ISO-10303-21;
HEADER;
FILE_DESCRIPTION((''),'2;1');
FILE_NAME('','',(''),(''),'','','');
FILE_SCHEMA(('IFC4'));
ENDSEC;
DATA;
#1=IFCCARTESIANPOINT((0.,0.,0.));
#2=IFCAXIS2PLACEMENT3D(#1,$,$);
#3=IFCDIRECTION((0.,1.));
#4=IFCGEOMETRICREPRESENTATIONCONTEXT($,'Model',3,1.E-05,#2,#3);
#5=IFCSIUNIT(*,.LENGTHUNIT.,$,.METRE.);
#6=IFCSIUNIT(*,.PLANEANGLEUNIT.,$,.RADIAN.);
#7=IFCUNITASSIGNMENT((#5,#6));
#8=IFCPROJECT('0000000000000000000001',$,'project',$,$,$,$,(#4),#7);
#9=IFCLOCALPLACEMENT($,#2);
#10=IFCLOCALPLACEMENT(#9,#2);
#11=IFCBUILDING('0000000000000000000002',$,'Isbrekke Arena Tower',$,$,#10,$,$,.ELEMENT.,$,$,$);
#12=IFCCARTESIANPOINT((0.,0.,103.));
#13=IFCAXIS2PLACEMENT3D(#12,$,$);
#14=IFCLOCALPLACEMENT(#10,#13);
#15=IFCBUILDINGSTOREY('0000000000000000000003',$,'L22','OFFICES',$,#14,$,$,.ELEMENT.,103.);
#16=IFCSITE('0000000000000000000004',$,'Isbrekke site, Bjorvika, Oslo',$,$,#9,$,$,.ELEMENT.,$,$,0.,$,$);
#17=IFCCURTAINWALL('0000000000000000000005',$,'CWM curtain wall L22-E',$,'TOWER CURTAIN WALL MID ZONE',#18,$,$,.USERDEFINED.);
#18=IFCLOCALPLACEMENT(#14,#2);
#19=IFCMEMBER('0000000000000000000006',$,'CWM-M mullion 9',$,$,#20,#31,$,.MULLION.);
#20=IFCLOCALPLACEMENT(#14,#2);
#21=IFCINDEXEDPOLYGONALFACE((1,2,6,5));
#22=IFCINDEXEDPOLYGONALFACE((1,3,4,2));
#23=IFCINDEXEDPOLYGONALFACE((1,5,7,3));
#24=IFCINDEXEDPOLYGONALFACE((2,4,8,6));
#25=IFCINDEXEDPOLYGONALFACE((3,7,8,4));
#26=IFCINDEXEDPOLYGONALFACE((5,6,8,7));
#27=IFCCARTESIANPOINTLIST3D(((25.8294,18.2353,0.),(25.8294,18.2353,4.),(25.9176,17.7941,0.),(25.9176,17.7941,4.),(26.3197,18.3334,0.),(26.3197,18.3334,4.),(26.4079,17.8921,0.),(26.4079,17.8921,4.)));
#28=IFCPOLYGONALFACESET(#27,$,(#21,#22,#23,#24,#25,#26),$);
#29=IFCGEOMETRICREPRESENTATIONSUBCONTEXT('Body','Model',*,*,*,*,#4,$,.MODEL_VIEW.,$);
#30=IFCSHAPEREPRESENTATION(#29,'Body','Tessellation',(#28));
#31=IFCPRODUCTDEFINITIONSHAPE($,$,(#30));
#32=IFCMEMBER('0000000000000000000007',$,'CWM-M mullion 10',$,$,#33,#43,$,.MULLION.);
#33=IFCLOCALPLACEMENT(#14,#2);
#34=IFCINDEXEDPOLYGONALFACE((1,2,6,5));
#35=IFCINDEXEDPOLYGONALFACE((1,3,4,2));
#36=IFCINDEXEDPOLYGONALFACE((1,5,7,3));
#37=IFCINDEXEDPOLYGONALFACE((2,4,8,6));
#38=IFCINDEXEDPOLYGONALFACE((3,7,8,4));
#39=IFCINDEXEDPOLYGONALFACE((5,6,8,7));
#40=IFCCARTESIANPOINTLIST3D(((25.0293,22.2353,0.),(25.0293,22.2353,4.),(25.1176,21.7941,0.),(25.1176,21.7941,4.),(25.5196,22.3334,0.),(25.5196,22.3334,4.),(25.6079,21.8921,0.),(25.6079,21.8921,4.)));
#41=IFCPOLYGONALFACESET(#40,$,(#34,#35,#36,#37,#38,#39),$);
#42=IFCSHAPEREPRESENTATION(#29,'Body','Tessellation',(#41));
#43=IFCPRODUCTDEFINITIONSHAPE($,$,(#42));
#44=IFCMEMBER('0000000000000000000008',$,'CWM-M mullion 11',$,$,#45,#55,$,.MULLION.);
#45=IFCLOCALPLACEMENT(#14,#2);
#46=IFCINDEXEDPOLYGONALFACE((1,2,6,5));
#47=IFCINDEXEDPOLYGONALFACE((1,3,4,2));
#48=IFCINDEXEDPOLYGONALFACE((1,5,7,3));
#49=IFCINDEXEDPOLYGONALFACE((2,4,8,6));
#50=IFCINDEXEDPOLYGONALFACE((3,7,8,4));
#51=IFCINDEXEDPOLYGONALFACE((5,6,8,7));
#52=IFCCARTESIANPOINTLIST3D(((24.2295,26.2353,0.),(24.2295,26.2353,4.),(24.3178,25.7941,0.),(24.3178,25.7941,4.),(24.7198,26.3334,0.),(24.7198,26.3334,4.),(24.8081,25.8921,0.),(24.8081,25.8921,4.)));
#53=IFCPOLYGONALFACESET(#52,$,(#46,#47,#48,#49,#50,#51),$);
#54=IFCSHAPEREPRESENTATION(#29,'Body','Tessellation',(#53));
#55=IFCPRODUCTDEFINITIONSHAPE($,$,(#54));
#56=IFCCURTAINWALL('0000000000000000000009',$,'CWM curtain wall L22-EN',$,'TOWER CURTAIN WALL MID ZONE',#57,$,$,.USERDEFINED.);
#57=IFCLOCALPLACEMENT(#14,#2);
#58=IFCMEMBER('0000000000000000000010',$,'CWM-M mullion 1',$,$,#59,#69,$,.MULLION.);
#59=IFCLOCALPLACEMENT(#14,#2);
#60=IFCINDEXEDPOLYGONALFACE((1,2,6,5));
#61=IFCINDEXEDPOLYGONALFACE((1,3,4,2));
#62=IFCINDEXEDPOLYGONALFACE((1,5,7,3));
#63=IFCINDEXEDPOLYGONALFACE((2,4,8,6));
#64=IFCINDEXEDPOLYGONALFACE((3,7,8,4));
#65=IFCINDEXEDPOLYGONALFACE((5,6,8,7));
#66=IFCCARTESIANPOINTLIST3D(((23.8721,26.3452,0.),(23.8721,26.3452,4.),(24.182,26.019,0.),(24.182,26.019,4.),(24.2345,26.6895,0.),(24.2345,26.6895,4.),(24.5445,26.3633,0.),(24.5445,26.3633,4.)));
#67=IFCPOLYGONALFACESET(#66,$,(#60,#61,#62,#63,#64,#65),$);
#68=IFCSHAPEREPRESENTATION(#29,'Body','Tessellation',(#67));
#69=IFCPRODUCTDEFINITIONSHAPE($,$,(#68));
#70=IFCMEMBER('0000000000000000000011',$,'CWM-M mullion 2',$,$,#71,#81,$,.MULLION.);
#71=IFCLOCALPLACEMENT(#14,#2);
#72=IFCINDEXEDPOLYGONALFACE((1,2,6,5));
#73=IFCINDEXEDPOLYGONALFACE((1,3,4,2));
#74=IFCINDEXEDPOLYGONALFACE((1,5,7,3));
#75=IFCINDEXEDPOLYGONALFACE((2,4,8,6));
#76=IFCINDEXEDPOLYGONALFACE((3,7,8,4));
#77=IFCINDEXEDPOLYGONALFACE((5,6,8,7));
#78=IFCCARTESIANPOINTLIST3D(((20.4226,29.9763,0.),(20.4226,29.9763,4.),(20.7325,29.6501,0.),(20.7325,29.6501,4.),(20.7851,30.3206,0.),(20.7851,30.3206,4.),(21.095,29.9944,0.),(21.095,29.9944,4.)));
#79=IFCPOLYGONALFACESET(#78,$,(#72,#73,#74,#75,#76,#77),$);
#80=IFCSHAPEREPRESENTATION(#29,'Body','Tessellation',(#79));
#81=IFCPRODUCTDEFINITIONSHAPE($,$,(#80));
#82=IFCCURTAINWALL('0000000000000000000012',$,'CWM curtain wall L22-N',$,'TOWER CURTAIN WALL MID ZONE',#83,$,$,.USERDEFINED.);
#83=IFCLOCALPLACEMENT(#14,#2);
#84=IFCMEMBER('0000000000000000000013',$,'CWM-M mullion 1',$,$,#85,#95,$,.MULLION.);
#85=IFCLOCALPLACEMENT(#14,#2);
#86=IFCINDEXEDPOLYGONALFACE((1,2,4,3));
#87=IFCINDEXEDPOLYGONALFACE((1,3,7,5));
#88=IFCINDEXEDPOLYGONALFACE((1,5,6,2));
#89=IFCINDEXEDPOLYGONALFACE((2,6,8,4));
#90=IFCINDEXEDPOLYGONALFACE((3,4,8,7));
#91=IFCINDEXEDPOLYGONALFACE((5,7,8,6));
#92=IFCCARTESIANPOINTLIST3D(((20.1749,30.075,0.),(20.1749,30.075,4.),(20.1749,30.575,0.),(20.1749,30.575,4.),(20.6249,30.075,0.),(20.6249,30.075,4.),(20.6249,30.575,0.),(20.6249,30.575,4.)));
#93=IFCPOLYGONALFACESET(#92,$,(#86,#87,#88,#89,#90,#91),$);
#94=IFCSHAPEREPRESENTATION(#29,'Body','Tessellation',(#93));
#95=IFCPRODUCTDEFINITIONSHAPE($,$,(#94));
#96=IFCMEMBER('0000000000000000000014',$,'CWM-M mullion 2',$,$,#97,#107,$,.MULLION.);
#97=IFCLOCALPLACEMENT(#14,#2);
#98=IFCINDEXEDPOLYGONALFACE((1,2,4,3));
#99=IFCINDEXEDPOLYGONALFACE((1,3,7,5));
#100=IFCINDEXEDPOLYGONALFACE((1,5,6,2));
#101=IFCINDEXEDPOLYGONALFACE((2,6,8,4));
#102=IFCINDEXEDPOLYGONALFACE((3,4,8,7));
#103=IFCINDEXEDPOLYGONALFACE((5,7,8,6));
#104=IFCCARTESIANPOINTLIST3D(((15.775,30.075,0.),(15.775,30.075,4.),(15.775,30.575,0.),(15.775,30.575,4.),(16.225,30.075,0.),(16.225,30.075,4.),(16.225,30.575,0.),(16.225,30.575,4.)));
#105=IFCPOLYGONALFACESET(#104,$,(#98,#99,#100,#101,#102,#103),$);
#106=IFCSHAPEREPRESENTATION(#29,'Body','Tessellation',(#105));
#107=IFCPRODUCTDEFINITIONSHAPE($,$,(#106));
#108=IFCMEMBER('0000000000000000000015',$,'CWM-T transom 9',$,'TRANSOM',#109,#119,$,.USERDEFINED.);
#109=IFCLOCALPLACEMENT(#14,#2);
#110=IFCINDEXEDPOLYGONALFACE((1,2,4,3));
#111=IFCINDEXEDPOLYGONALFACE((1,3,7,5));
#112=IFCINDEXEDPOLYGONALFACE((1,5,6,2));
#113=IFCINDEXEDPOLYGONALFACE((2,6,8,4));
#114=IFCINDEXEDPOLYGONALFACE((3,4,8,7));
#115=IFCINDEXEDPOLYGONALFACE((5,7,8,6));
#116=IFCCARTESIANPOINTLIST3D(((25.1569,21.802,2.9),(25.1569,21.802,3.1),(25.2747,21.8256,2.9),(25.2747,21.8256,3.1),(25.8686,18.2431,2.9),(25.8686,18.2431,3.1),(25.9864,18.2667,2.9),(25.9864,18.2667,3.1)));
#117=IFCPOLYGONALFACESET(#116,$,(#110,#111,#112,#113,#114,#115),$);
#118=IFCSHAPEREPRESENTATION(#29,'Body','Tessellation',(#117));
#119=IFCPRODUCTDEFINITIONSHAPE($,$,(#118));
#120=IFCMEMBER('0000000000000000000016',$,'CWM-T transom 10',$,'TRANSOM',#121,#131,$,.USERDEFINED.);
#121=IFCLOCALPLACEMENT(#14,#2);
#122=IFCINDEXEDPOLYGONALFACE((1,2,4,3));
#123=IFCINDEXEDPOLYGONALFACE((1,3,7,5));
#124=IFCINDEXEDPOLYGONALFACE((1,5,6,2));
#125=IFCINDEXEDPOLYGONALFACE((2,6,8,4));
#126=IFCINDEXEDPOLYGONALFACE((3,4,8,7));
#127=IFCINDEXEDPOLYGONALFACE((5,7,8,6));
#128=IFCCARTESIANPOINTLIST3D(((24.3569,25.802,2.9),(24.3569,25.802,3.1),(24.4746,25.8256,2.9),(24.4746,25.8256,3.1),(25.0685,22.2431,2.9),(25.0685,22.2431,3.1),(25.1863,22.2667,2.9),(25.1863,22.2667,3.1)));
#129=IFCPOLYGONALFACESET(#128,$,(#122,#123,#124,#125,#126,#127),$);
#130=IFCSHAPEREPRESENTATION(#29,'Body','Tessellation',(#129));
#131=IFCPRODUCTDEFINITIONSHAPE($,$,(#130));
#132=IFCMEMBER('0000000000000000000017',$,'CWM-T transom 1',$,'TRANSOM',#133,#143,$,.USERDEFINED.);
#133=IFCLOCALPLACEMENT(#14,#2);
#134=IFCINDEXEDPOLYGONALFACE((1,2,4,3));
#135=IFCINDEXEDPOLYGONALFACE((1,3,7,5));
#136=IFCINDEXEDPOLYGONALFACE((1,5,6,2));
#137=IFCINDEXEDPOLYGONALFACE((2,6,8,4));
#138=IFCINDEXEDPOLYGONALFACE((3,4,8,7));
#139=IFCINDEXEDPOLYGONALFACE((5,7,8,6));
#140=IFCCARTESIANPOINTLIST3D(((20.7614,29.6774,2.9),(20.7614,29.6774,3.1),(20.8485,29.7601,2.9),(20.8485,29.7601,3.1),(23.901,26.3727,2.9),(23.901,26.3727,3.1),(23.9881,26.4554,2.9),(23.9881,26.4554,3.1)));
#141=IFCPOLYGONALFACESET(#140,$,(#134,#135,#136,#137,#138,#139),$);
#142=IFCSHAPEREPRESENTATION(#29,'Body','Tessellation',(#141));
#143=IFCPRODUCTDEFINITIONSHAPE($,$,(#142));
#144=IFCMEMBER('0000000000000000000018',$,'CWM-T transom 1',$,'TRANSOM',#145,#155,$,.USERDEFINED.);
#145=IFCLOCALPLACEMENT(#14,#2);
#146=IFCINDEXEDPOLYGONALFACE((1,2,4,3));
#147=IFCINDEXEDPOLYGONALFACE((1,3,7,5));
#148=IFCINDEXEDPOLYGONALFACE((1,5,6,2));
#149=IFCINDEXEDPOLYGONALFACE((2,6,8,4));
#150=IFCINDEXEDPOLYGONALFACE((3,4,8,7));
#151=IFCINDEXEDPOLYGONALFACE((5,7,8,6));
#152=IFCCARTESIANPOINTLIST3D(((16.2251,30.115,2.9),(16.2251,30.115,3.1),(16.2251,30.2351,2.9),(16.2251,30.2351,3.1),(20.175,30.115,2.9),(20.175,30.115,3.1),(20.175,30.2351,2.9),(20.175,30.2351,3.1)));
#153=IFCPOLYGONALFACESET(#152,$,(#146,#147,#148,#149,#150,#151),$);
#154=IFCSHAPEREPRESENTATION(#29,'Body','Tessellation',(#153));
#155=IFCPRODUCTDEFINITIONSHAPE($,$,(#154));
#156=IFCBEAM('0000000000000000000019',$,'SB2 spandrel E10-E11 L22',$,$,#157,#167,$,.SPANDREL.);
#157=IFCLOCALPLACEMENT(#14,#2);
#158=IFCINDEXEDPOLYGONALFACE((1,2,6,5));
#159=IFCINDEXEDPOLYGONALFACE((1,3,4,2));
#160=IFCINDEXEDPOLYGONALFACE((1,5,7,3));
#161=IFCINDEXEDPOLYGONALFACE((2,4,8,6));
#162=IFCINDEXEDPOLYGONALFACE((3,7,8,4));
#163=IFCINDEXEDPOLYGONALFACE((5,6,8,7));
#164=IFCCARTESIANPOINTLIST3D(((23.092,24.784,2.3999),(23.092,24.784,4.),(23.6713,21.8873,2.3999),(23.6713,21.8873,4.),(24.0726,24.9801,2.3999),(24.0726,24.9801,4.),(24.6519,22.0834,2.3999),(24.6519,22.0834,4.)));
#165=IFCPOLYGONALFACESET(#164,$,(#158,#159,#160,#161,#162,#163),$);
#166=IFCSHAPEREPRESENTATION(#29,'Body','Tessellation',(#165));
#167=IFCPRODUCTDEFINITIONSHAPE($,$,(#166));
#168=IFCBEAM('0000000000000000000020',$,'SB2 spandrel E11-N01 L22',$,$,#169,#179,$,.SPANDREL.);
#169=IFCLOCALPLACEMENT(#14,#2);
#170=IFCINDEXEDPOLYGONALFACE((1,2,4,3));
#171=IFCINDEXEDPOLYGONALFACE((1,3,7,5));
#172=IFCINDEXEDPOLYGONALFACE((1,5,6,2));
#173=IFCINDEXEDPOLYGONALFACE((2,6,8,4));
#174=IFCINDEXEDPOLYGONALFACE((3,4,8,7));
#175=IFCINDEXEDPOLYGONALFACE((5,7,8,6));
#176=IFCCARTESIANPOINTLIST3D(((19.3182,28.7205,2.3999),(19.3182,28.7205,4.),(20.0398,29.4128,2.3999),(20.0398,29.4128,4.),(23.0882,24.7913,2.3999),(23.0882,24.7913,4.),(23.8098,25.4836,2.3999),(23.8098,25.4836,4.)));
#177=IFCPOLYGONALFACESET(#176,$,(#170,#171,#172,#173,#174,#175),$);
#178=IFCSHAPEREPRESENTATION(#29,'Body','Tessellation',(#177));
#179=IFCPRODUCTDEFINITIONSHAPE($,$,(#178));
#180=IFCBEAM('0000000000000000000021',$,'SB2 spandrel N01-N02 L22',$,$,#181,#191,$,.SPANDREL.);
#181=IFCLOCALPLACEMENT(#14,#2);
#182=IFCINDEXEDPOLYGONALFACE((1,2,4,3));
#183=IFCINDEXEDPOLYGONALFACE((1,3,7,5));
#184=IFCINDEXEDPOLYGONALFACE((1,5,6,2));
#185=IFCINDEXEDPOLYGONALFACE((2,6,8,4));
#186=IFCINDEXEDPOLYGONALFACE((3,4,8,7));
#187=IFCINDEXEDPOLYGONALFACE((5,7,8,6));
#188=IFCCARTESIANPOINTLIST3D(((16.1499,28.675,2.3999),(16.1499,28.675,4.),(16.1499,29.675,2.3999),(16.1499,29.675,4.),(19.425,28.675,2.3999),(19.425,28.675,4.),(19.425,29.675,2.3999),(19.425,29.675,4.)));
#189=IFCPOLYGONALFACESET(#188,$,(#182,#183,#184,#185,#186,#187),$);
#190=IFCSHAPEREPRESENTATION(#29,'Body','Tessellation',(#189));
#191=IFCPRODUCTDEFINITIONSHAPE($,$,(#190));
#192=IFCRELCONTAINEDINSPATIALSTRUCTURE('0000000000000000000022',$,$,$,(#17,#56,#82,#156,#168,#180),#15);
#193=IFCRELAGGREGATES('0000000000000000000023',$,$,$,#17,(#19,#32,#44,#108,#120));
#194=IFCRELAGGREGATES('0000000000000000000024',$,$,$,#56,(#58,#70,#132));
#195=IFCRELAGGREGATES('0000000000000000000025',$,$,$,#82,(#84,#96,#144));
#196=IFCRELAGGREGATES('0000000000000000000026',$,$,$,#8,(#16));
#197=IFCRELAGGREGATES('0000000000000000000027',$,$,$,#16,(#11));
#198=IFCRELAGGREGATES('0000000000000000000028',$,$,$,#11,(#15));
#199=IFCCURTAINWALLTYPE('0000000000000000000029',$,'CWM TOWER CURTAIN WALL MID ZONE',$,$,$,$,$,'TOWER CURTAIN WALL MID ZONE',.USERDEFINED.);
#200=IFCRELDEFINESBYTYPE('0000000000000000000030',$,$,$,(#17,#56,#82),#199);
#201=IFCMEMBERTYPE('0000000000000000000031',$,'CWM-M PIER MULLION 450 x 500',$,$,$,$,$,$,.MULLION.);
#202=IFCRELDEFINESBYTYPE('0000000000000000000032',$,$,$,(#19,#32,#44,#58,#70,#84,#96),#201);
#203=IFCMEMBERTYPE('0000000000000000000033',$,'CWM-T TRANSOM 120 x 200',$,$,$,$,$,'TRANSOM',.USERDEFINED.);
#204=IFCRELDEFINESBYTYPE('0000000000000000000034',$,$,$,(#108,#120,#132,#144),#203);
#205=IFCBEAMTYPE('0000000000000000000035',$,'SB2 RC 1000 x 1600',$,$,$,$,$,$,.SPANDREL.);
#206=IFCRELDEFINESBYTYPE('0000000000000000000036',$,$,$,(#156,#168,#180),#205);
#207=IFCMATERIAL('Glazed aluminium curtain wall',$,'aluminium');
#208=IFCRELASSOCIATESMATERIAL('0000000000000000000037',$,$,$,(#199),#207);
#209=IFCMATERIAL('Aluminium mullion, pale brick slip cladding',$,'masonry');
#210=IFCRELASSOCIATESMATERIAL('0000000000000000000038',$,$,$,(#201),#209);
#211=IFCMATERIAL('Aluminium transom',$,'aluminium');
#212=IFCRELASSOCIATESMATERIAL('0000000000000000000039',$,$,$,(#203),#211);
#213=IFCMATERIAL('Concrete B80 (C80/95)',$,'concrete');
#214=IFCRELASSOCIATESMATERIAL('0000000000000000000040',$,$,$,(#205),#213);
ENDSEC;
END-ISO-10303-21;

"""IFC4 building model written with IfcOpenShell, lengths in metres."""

from ifc_helpers import new_model, si_unit, direction, frame, origin, origin_2d, place, context, subcontext, project, spatial, rectangle, extrude, material, material_profile, profile_set, type_object, element, aggregate, save


model = new_model("IFC4")

# Units and contexts
model_context = context("Model", 3, precision=1e-05, world=origin(), true_north=direction((0.0, 1.0)))
body_context = subcontext(model_context, "Body", "Model", "MODEL_VIEW")
ifc_project = project(units=[si_unit("LENGTHUNIT", "METRE"), si_unit("PLANEANGLEUNIT", "RADIAN")], contexts=[model_context])

# Site, building, storey
site_placement = place(None, origin())
site = spatial("IfcSite", under=ifc_project, at=site_placement, Name="Isbrekke site, Bjorvika, Oslo", CompositionType="ELEMENT", RefElevation=0.0)
building_placement = place(site_placement, origin())
building = spatial("IfcBuilding", under=site, at=building_placement, Name="Isbrekke Arena Tower", CompositionType="ELEMENT")
storey_placement = place(building_placement, frame((0.0, 0.0, 103.0)))
storey = spatial("IfcBuildingStorey", under=building, at=storey_placement, Name="L22", Description="OFFICES", CompositionType="ELEMENT", Elevation=103.0)

# Curtain walls, members
ifc_material_1 = material(Name="Glazed aluminium curtain wall", Category="aluminium")
curtain_wall_type = type_object("IfcCurtainWallType", Name="CWM TOWER CURTAIN WALL MID ZONE", ElementType="TOWER CURTAIN WALL MID ZONE", PredefinedType="USERDEFINED", material=ifc_material_1)
curtain_wall_1_placement = place(storey_placement, origin())
curtain_wall_1 = element("IfcCurtainWall", 1, at=curtain_wall_1_placement, inside=storey, type_object=curtain_wall_type, Name="CWM curtain wall L22-E", ObjectType="TOWER CURTAIN WALL MID ZONE", PredefinedType="USERDEFINED")
ifc_material_2 = material(Name="Aluminium mullion, pale brick slip cladding", Category="masonry")
ifc_material_profile_1 = material_profile(ifc_material_2, rectangle(XDim=0.45, YDim=0.5, at=origin_2d()), Name="PIER 450X500")
ifc_profile_set_1 = profile_set([ifc_material_profile_1], Name="Aluminium mullion, pale brick slip cladding")
member_type_1 = type_object("IfcMemberType", Name="CWM-M PIER MULLION 450 x 500", PredefinedType="MULLION", material=ifc_profile_set_1)
member_1_placement = place(storey_placement, frame((26.1187, 18.0637, 0.0), z_axis=(0.0, 0.0, 1.0), x_axis=(-0.196116, 0.980581, 0.0)))
member_1 = element("IfcMember", 2, at=member_1_placement, type_object=member_type_1, Name="CWM-M mullion 9", PredefinedType="MULLION", context=body_context, shape_type="SweptSolid", body=[
    extrude(rectangle(XDim=0.45, YDim=0.5, at=origin_2d()), origin(), (0.0, 0.0, 1.0), 4.0),
])
member_2_placement = place(storey_placement, frame((25.3186, 22.0637, 0.0), z_axis=(0.0, 0.0, 1.0), x_axis=(-0.196116, 0.980581, 0.0)))
member_2 = element("IfcMember", 3, at=member_2_placement, type_object=member_type_1, Name="CWM-M mullion 10", PredefinedType="MULLION", context=body_context, shape_type="SweptSolid", body=[
    extrude(rectangle(XDim=0.45, YDim=0.5, at=origin_2d()), origin(), (0.0, 0.0, 1.0), 4.0),
])
member_3_placement = place(storey_placement, frame((24.5188, 26.0637, 0.0), z_axis=(0.0, 0.0, 1.0), x_axis=(-0.196116, 0.980581, 0.0)))
member_3 = element("IfcMember", 4, at=member_3_placement, type_object=member_type_1, Name="CWM-M mullion 11", PredefinedType="MULLION", context=body_context, shape_type="SweptSolid", body=[
    extrude(rectangle(XDim=0.45, YDim=0.5, at=origin_2d()), origin(), (0.0, 0.0, 1.0), 4.0),
])
curtain_wall_2_placement = place(storey_placement, origin())
curtain_wall_2 = element("IfcCurtainWall", 5, at=curtain_wall_2_placement, inside=storey, type_object=curtain_wall_type, Name="CWM curtain wall L22-EN", ObjectType="TOWER CURTAIN WALL MID ZONE", PredefinedType="USERDEFINED")
member_4_placement = place(storey_placement, frame((24.2083, 26.3542, 0.0), z_axis=(0.0, 0.0, 1.0), x_axis=(-0.688749, 0.724999, 0.0)))
member_4 = element("IfcMember", 6, at=member_4_placement, type_object=member_type_1, Name="CWM-M mullion 1", PredefinedType="MULLION", context=body_context, shape_type="SweptSolid", body=[
    extrude(rectangle(XDim=0.45, YDim=0.5, at=origin_2d()), origin(), (0.0, 0.0, 1.0), 4.0),
])
member_5_placement = place(storey_placement, frame((20.7588, 29.9854, 0.0), z_axis=(0.0, 0.0, 1.0), x_axis=(-0.688749, 0.724999, 0.0)))
member_5 = element("IfcMember", 7, at=member_5_placement, type_object=member_type_1, Name="CWM-M mullion 2", PredefinedType="MULLION", context=body_context, shape_type="SweptSolid", body=[
    extrude(rectangle(XDim=0.45, YDim=0.5, at=origin_2d()), origin(), (0.0, 0.0, 1.0), 4.0),
])
curtain_wall_3_placement = place(storey_placement, origin())
curtain_wall_3 = element("IfcCurtainWall", 8, at=curtain_wall_3_placement, inside=storey, type_object=curtain_wall_type, Name="CWM curtain wall L22-N", ObjectType="TOWER CURTAIN WALL MID ZONE", PredefinedType="USERDEFINED")
member_6_placement = place(storey_placement, frame((20.3999, 30.325, 0.0), z_axis=(0.0, 0.0, 1.0), x_axis=(-1.0, 0.0, 0.0)))
member_6 = element("IfcMember", 9, at=member_6_placement, type_object=member_type_1, Name="CWM-M mullion 1", PredefinedType="MULLION", context=body_context, shape_type="SweptSolid", body=[
    extrude(rectangle(XDim=0.45, YDim=0.5, at=origin_2d()), origin(), (0.0, 0.0, 1.0), 4.0),
])
member_7_placement = place(storey_placement, frame((16.0, 30.325, 0.0), z_axis=(0.0, 0.0, 1.0), x_axis=(-1.0, 0.0, 0.0)))
member_7 = element("IfcMember", 10, at=member_7_placement, type_object=member_type_1, Name="CWM-M mullion 2", PredefinedType="MULLION", context=body_context, shape_type="SweptSolid", body=[
    extrude(rectangle(XDim=0.45, YDim=0.5, at=origin_2d()), origin(), (0.0, 0.0, 1.0), 4.0),
])

# Members
ifc_material_3 = material(Name="Aluminium transom", Category="aluminium")
ifc_material_profile_2 = material_profile(ifc_material_3, rectangle(XDim=0.1201, YDim=0.2, at=origin_2d()), Name="TRANSOM 120X200")
ifc_profile_set_2 = profile_set([ifc_material_profile_2], Name="Aluminium transom")
member_type_2 = type_object("IfcMemberType", Name="CWM-T TRANSOM 120 x 200", ElementType="TRANSOM", PredefinedType="USERDEFINED", material=ifc_profile_set_2)
member_8_placement = place(storey_placement, frame((25.9275, 18.2549, 3.0), z_axis=(-0.19609, 0.980586, 0.0), x_axis=(-0.980586, -0.19609, 0.0)))
member_8 = element("IfcMember", 11, at=member_8_placement, type_object=member_type_2, Name="CWM-T transom 9", ObjectType="TRANSOM", PredefinedType="USERDEFINED", context=body_context, shape_type="SweptSolid", body=[
    extrude(rectangle(XDim=0.1201, YDim=0.2, at=origin_2d()), origin(), (0.0, 0.0, 1.0), 3.6294),
])
member_9_placement = place(storey_placement, frame((25.1274, 22.2549, 3.0), z_axis=(-0.19609, 0.980586, 0.0), x_axis=(-0.980586, -0.19609, 0.0)))
member_9 = element("IfcMember", 12, at=member_9_placement, type_object=member_type_2, Name="CWM-T transom 10", ObjectType="TRANSOM", PredefinedType="USERDEFINED", context=body_context, shape_type="SweptSolid", body=[
    extrude(rectangle(XDim=0.1201, YDim=0.2, at=origin_2d()), origin(), (0.0, 0.0, 1.0), 3.6294),
])
member_10_placement = place(storey_placement, frame((23.9446, 26.4141, 3.0), z_axis=(-0.688772, 0.724978, 0.0), x_axis=(-0.724978, -0.688772, 0.0)))
member_10 = element("IfcMember", 13, at=member_10_placement, type_object=member_type_2, Name="CWM-T transom 1", ObjectType="TRANSOM", PredefinedType="USERDEFINED", context=body_context, shape_type="SweptSolid", body=[
    extrude(rectangle(XDim=0.1201, YDim=0.2, at=origin_2d()), origin(), (0.0, 0.0, 1.0), 4.5583),
])
member_11_placement = place(storey_placement, frame((20.175, 30.175, 3.0), z_axis=(-1.0, 0.0, 0.0), x_axis=(0.0, -1.0, 0.0)))
member_11 = element("IfcMember", 14, at=member_11_placement, type_object=member_type_2, Name="CWM-T transom 1", ObjectType="TRANSOM", PredefinedType="USERDEFINED", context=body_context, shape_type="SweptSolid", body=[
    extrude(rectangle(XDim=0.1201, YDim=0.2, at=origin_2d()), origin(), (0.0, 0.0, 1.0), 3.95),
])

# Beams
ifc_material_4 = material(Name="Concrete B80 (C80/95)", Category="concrete")
ifc_material_profile_3 = material_profile(ifc_material_4, rectangle(XDim=1.0, YDim=1.6001, at=origin_2d()), Name="RC 1000x1600")
ifc_profile_set_3 = profile_set([ifc_material_profile_3], Name="Concrete B80 (C80/95)")
beam_type_1 = type_object("IfcBeamType", Name="SB2 RC 1000 x 1600", PredefinedType="SPANDREL", material=ifc_profile_set_3)
beam_1_placement = place(storey_placement, frame((24.1616, 21.9854, 3.2), z_axis=(-0.196116, 0.980581, 0.0), x_axis=(-0.980581, -0.196116, 0.0)))
element("IfcBeam", 15, at=beam_1_placement, inside=storey, type_object=beam_type_1, Name="SB2 spandrel E10-E11 L22", PredefinedType="SPANDREL", context=body_context, shape_type="SweptSolid", body=[
    extrude(rectangle(XDim=1.0, YDim=1.6001, at=origin_2d()), origin(), (0.0, 0.0, 1.0), 2.9541),
])
beam_2_placement = place(storey_placement, frame((23.449, 25.1375, 3.2), z_axis=(-0.69234, 0.721572, 0.0), x_axis=(-0.721572, -0.69234, 0.0)))
element("IfcBeam", 16, at=beam_2_placement, inside=storey, type_object=beam_type_1, Name="SB2 spandrel E11-N01 L22", PredefinedType="SPANDREL", context=body_context, shape_type="SweptSolid", body=[
    extrude(rectangle(XDim=1.0, YDim=1.6001, at=origin_2d()), origin(), (0.0, 0.0, 1.0), 5.4453),
])
beam_3_placement = place(storey_placement, frame((19.425, 29.175, 3.2), z_axis=(-1.0, 0.0, 0.0), x_axis=(0.0, -1.0, 0.0)))
element("IfcBeam", 17, at=beam_3_placement, inside=storey, type_object=beam_type_1, Name="SB2 spandrel N01-N02 L22", PredefinedType="SPANDREL", context=body_context, shape_type="SweptSolid", body=[
    extrude(rectangle(XDim=1.0, YDim=1.6001, at=origin_2d()), origin(), (0.0, 0.0, 1.0), 3.2751),
])

aggregate(curtain_wall_1, [member_1, member_2, member_3, member_8, member_9])
aggregate(curtain_wall_2, [member_4, member_5, member_10])
aggregate(curtain_wall_3, [member_6, member_7, member_11])

save(model, "model.ifc")
